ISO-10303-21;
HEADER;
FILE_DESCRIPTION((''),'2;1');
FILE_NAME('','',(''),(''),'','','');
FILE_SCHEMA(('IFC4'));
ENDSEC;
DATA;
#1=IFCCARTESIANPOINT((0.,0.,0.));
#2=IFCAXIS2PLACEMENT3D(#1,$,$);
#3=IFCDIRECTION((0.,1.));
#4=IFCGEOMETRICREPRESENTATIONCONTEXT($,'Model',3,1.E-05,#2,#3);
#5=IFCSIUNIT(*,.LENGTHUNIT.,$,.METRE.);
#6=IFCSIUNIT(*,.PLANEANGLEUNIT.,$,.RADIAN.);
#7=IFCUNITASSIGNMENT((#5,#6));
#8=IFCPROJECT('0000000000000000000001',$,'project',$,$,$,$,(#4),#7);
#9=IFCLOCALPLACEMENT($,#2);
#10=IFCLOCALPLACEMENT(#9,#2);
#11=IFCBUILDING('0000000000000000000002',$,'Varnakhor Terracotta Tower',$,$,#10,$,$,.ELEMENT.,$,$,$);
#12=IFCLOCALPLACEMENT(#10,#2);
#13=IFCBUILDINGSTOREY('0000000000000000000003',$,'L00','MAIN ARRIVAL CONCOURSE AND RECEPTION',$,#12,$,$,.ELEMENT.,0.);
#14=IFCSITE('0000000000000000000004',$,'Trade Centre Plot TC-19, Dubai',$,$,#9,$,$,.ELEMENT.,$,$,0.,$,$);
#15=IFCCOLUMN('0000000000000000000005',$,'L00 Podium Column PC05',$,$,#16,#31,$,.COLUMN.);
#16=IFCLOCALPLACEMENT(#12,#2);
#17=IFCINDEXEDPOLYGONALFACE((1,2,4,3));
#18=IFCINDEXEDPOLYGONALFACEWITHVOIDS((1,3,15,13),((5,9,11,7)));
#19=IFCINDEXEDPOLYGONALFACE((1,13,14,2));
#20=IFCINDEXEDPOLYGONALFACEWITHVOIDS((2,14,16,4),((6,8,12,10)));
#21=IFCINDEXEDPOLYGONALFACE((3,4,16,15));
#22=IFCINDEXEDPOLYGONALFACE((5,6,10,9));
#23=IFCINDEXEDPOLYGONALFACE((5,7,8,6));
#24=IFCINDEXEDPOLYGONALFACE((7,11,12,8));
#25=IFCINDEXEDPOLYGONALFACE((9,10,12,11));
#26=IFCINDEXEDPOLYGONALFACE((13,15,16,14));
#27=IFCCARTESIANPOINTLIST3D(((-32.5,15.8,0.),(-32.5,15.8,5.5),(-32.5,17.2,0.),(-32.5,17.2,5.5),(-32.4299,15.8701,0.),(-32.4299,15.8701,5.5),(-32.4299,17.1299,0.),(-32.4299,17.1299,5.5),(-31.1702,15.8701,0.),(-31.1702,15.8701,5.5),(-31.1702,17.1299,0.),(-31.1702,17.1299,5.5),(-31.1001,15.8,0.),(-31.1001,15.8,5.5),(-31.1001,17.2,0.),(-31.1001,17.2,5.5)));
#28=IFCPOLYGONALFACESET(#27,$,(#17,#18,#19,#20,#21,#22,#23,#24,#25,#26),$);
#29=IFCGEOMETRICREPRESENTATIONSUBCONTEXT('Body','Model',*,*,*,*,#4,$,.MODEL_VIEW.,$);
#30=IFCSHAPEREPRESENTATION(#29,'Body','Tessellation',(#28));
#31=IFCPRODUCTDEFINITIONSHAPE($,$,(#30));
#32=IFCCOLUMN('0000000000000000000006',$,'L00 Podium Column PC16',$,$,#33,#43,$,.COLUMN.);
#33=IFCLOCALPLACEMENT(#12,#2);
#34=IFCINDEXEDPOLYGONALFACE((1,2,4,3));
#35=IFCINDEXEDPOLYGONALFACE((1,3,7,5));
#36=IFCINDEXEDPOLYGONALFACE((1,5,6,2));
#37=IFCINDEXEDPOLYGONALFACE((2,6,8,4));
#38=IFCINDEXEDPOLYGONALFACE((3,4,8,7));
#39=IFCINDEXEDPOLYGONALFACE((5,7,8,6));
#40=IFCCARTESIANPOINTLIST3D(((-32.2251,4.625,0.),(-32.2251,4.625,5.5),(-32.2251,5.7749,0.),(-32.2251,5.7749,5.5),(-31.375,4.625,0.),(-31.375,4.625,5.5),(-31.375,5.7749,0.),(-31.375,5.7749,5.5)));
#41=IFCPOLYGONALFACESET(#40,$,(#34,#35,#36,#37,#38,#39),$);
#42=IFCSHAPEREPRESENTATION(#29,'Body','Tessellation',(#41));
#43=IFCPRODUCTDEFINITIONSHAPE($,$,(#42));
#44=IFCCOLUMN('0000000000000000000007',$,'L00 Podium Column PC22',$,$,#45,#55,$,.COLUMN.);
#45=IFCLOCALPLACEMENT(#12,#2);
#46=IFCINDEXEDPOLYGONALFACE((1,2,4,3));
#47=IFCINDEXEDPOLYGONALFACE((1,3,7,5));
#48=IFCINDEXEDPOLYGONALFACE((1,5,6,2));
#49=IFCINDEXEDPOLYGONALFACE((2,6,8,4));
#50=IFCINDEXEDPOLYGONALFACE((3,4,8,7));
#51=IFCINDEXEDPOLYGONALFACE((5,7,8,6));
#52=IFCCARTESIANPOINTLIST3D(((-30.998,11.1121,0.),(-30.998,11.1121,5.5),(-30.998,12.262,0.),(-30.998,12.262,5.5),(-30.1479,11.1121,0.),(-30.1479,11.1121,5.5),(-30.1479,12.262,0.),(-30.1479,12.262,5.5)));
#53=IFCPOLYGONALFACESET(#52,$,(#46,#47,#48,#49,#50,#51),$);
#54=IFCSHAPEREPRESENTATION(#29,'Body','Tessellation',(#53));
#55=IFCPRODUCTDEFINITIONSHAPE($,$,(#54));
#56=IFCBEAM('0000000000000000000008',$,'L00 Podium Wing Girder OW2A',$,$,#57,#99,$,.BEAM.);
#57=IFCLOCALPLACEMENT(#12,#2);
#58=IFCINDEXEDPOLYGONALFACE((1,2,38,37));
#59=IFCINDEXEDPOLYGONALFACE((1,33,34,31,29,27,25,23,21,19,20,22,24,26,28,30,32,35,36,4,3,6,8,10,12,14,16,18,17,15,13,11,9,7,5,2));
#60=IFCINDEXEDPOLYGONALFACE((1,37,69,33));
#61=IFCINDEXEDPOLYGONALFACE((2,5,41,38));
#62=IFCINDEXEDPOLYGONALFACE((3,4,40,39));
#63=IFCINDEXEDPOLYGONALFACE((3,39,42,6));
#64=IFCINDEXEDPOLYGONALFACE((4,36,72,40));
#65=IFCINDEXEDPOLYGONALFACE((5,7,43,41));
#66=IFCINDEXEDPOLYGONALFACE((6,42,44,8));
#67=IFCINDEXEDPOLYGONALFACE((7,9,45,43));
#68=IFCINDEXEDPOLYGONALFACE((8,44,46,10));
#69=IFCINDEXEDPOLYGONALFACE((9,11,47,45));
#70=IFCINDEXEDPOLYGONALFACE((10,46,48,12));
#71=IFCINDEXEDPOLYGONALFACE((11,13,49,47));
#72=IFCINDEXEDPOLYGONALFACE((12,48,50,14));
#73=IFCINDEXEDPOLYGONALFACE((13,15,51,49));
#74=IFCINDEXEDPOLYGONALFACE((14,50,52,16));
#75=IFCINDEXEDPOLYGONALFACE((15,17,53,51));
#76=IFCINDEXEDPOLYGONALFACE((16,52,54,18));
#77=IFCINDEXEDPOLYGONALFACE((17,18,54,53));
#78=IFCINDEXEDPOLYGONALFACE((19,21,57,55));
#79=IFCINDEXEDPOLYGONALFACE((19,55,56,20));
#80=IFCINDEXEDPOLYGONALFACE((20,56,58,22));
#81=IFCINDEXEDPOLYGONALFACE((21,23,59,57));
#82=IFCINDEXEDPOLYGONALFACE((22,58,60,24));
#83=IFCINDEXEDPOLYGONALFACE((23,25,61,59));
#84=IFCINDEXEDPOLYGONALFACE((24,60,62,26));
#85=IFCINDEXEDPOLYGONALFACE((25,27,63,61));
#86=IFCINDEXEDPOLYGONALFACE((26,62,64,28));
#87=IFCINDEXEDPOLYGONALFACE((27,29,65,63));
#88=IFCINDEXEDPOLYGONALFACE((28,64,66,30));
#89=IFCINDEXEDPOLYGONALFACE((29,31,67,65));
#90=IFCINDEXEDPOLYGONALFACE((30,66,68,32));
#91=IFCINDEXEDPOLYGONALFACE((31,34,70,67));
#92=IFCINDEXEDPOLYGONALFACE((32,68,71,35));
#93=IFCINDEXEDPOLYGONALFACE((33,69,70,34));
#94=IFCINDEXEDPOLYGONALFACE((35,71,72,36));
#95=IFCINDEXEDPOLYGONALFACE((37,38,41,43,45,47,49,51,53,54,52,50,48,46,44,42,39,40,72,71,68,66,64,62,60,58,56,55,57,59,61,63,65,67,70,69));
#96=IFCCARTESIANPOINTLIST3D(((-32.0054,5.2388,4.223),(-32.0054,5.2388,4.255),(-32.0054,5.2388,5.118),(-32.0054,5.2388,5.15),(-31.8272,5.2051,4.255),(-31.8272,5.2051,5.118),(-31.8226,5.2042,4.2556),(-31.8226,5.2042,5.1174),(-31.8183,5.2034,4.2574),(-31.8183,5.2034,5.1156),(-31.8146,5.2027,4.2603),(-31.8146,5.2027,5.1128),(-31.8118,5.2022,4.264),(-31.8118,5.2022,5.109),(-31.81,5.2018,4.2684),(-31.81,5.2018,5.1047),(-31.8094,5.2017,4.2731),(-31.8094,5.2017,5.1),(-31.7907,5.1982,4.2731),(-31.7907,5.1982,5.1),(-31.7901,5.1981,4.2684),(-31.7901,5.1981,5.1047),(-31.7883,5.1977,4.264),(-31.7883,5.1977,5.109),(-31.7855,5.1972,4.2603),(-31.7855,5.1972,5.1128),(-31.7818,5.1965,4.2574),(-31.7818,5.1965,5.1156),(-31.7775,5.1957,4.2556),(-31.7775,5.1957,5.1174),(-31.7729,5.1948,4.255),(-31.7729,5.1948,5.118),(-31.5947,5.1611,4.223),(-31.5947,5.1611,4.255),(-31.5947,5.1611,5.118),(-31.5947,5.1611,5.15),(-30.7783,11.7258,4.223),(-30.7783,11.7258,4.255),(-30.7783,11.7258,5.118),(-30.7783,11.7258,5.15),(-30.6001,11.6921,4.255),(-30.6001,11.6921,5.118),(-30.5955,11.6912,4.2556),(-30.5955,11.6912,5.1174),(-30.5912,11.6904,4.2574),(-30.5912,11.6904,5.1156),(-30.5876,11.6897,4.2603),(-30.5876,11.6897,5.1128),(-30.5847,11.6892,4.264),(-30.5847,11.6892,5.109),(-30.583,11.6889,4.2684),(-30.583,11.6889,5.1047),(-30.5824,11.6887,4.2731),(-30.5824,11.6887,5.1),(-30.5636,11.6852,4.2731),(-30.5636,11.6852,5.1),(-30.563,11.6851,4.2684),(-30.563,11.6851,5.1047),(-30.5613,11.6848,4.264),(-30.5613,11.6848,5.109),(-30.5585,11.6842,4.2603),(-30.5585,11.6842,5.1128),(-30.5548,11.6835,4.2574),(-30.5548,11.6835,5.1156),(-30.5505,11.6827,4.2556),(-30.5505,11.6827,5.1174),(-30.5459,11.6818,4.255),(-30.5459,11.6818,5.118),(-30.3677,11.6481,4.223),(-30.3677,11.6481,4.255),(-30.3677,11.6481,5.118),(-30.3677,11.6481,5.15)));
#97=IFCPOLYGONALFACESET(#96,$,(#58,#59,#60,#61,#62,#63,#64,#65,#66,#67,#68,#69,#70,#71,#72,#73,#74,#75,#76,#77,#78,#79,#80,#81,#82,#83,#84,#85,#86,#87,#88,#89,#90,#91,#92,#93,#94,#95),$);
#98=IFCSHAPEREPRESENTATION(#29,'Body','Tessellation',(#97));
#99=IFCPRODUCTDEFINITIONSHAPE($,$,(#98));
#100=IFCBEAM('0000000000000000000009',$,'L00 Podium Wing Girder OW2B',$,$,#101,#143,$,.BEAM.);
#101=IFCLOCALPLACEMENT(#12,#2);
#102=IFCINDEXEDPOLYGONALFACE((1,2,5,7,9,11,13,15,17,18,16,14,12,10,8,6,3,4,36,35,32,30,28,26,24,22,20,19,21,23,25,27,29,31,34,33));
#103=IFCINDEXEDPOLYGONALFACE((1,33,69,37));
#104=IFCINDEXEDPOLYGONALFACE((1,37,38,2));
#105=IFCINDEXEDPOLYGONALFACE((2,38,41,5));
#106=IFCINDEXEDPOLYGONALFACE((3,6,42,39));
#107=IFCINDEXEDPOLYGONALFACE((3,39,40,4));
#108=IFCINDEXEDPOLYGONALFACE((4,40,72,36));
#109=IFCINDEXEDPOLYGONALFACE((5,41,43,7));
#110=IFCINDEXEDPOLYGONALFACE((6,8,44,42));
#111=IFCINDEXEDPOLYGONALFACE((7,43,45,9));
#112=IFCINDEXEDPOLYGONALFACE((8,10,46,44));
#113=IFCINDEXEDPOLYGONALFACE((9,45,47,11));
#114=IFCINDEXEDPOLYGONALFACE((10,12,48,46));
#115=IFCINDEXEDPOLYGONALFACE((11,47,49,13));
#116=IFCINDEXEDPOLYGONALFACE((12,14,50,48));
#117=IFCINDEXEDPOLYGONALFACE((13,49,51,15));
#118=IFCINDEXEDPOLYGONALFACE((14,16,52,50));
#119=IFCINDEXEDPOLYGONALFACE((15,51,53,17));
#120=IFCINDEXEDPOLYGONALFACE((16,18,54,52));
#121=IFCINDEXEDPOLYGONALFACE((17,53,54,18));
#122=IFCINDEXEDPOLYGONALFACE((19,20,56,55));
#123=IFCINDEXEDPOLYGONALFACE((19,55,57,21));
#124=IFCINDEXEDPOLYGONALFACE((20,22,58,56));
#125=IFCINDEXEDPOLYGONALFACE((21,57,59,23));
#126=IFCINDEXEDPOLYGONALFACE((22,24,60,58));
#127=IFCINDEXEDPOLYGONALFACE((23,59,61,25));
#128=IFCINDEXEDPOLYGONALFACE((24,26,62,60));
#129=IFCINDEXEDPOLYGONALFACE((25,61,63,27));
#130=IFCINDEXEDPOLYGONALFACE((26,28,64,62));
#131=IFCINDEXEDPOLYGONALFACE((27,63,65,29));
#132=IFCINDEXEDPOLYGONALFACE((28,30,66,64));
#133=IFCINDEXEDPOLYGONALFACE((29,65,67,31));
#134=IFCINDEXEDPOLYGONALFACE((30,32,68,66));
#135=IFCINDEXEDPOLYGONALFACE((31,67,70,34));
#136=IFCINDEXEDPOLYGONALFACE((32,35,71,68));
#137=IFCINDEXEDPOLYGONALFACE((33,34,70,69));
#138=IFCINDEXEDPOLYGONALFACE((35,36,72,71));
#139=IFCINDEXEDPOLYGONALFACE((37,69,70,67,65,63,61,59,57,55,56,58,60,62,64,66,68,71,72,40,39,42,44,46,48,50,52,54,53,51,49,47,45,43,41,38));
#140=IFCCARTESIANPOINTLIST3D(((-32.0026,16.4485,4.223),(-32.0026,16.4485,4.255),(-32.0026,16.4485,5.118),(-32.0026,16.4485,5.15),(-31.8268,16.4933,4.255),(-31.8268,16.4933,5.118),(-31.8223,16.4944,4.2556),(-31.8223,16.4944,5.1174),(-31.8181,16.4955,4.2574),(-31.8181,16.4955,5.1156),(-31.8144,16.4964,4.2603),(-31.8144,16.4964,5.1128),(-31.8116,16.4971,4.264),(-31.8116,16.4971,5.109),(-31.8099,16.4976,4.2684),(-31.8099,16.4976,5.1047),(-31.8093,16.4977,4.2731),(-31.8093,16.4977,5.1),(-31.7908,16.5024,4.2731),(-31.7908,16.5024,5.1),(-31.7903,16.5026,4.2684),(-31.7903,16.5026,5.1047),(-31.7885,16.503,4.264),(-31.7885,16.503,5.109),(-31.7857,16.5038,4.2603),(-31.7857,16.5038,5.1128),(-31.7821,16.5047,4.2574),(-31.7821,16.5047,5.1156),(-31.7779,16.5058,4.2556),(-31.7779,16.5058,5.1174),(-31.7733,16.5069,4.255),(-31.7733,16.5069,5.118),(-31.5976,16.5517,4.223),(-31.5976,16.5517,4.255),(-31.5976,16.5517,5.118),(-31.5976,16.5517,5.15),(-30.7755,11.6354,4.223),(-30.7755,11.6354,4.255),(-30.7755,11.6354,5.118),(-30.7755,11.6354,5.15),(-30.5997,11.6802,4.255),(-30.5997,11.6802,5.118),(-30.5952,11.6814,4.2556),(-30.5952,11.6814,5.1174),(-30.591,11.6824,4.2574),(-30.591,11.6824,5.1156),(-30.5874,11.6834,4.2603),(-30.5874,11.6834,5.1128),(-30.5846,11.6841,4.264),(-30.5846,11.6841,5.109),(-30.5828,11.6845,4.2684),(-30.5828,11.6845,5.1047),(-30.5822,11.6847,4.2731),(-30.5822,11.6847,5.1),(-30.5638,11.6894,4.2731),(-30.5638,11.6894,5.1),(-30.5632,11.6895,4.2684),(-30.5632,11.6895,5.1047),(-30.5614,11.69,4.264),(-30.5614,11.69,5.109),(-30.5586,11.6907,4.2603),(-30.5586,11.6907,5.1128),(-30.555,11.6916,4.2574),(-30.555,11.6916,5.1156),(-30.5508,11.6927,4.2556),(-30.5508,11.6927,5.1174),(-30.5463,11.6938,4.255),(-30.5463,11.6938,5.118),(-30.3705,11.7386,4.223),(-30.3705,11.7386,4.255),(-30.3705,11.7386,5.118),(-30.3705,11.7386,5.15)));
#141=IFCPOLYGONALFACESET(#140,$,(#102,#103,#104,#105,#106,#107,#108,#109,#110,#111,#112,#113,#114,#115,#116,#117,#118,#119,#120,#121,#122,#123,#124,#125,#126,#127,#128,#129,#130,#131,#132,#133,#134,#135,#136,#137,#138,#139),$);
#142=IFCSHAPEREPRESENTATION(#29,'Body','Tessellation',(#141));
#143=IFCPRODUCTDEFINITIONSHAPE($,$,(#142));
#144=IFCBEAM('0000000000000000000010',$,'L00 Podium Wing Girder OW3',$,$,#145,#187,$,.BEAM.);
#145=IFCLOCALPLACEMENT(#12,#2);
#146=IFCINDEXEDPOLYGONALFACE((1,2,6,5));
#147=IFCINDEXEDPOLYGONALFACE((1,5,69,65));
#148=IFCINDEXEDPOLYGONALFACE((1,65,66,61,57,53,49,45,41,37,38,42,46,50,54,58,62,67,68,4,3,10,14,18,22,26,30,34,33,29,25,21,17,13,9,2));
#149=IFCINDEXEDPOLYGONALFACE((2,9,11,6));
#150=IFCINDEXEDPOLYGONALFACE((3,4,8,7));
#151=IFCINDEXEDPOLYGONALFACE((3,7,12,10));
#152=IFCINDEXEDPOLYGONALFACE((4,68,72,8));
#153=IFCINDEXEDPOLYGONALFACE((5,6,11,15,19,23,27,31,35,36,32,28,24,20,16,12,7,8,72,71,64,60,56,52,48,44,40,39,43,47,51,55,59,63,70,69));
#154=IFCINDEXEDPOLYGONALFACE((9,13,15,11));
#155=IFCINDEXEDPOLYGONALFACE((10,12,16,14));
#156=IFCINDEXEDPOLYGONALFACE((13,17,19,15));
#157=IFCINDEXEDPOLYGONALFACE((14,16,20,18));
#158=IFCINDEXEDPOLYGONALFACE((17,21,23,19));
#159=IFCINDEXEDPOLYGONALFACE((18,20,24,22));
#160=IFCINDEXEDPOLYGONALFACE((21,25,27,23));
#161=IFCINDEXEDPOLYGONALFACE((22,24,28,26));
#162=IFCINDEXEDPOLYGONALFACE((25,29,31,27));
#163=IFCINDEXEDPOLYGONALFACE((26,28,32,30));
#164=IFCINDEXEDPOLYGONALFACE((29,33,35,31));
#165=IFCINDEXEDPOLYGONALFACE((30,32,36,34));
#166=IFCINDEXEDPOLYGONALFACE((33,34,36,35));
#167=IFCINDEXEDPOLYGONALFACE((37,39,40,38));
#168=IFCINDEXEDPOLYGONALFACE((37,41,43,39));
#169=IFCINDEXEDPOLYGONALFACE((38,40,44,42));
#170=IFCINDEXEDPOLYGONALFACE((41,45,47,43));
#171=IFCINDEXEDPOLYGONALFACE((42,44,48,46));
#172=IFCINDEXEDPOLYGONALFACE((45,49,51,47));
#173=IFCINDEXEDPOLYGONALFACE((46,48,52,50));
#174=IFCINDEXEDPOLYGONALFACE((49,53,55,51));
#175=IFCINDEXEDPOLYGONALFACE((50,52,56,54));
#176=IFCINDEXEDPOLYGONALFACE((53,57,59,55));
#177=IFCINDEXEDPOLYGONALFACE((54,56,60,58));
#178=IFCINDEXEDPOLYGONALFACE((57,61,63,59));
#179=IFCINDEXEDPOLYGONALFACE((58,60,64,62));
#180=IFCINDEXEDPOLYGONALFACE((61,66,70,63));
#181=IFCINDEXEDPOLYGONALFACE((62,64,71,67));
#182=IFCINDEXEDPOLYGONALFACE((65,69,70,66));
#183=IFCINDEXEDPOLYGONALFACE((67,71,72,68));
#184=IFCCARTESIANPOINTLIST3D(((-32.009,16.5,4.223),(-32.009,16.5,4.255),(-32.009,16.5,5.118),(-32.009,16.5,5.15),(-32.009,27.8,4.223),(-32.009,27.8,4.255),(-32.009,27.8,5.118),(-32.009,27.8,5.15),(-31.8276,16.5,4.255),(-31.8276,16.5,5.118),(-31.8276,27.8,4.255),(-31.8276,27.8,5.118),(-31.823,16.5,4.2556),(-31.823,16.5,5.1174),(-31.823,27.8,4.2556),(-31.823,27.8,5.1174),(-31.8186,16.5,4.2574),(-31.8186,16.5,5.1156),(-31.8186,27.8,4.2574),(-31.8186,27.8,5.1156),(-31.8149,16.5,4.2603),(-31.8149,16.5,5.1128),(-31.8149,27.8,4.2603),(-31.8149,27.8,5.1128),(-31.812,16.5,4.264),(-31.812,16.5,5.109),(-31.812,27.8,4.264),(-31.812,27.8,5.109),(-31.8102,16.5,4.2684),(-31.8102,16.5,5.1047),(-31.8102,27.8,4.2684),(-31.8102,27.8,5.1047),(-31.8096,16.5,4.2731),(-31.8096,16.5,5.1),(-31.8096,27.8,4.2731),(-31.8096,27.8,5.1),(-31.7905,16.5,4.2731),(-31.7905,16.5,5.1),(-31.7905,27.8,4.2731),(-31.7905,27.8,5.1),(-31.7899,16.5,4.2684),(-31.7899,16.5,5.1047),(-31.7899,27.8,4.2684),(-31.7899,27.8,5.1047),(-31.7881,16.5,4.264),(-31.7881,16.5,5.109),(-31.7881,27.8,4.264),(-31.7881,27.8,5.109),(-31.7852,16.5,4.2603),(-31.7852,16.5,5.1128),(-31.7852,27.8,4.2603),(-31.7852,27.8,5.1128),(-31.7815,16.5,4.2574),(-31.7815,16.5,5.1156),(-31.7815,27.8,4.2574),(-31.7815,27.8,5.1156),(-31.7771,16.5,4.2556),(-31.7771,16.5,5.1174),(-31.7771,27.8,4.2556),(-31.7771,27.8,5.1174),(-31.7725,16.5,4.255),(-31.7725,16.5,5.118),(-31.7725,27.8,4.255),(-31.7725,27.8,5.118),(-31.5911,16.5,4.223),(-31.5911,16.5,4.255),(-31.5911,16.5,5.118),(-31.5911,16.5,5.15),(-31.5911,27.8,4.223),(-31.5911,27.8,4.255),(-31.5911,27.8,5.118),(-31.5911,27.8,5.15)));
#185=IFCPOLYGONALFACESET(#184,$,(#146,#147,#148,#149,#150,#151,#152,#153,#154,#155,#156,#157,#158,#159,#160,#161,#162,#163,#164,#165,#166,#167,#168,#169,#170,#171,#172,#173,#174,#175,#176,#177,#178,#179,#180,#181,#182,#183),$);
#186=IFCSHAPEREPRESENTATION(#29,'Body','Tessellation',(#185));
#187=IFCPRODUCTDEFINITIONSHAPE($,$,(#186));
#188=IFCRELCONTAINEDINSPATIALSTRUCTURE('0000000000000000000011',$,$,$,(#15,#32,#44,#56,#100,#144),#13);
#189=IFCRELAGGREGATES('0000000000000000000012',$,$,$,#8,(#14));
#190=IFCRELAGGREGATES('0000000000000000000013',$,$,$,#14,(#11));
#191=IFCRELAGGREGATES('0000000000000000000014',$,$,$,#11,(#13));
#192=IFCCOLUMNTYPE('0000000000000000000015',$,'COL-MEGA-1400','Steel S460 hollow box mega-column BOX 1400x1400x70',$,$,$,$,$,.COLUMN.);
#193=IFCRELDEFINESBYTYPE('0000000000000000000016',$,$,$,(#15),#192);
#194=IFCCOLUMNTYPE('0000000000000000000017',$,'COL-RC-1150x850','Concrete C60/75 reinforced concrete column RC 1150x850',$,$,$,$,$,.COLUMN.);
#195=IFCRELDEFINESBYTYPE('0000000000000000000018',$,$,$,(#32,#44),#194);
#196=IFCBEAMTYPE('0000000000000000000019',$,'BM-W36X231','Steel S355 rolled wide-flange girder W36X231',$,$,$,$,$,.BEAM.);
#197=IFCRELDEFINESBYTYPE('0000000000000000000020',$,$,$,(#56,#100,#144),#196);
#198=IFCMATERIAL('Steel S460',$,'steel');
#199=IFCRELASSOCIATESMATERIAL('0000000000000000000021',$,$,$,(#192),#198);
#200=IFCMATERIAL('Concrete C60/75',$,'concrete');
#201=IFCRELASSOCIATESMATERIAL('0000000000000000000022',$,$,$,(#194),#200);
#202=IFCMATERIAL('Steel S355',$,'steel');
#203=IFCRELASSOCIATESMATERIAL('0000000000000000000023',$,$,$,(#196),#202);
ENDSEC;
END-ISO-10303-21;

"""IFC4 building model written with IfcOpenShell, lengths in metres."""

from ifc_helpers import new_model, si_unit, direction, frame, origin, origin_2d, place, context, subcontext, project, spatial, rectangle, hollow_rectangle, i_section, extrude, source, transform, mapped, material, material_profile, profile_set, type_object, element, save


model = new_model("IFC4")

# Units and contexts
model_context = context("Model", 3, precision=1e-05, world=origin(), true_north=direction((0.0, 1.0)))
body_context = subcontext(model_context, "Body", "Model", "MODEL_VIEW")
ifc_project = project(units=[si_unit("LENGTHUNIT", "METRE"), si_unit("PLANEANGLEUNIT", "RADIAN")], contexts=[model_context])

# Site, building, storey
site_placement = place(None, origin())
site = spatial("IfcSite", under=ifc_project, at=site_placement, Name="Trade Centre Plot TC-19, Dubai", CompositionType="ELEMENT", RefElevation=0.0)
building_placement = place(site_placement, origin())
building = spatial("IfcBuilding", under=site, at=building_placement, Name="Varnakhor Terracotta Tower", CompositionType="ELEMENT")
storey_placement = place(building_placement, origin())
storey = spatial("IfcBuildingStorey", under=building, at=storey_placement, Name="L00", Description="MAIN ARRIVAL CONCOURSE AND RECEPTION", CompositionType="ELEMENT", Elevation=0.0)

# Columns
ifc_material_1 = material(Name="Steel S460", Category="steel")
ifc_material_profile_1 = material_profile(ifc_material_1, hollow_rectangle(XDim=1.3999, YDim=1.3999, WallThickness=0.0701, at=origin_2d()), Name="BOX 1400x1400x70")
ifc_profile_set_1 = profile_set([ifc_material_profile_1], Name="Steel S460")
column_type_1 = type_object("IfcColumnType", Name="COL-MEGA-1400", Description="Steel S460 hollow box mega-column BOX 1400x1400x70", PredefinedType="COLUMN", material=ifc_profile_set_1)
shared_shape_1 = source(origin(), body_context, "Body", "SweptSolid", [
    extrude(hollow_rectangle(XDim=1.3999, YDim=1.3999, WallThickness=0.0701, at=origin_2d()), origin(), (0.0, 0.0, 1.0), 5.5),
])
column_placement = place(storey_placement, frame((-31.8, 16.5, 0.0), z_axis=(0.0, 0.0, 1.0), x_axis=(1.0, 0.0, 0.0)))
element("IfcColumn", 1, at=column_placement, inside=storey, type_object=column_type_1, Name="L00 Podium Column PC05", PredefinedType="COLUMN", context=body_context, shape_type="MappedRepresentation", body=[
    mapped(shared_shape_1, transform((0.0, 0.0, 0.0), scale=1.0)),
])
ifc_material_2 = material(Name="Concrete C60/75", Category="concrete")
ifc_material_profile_2 = material_profile(ifc_material_2, rectangle(XDim=0.8501, YDim=1.1499, at=origin_2d()), Name="RC 1150x850")
ifc_profile_set_2 = profile_set([ifc_material_profile_2], Name="Concrete C60/75")
column_type_2 = type_object("IfcColumnType", Name="COL-RC-1150x850", Description="Concrete C60/75 reinforced concrete column RC 1150x850", PredefinedType="COLUMN", material=ifc_profile_set_2)
shared_shape_2 = source(origin(), body_context, "Body", "SweptSolid", [
    extrude(rectangle(XDim=0.8501, YDim=1.1499, at=origin_2d()), origin(), (0.0, 0.0, 1.0), 5.5),
])
for number, where, z_axis, x_axis, name in (
    (2, (-31.8, 5.2, 0.0), (0.0, 0.0, 1.0), (1.0, 0.0, 0.0), "L00 Podium Column PC16"),
    (3, (-30.573, 11.687, 0.0), (0.0, 0.0, 1.0), (1.0, 0.0, 0.0), "L00 Podium Column PC22"),
):
    element("IfcColumn", number, at=place(storey_placement, frame(where, z_axis=z_axis, x_axis=x_axis)), inside=storey, type_object=column_type_2, Name=name, PredefinedType="COLUMN", context=body_context, shape_type="MappedRepresentation", body=[
        mapped(shared_shape_2, transform((0.0, 0.0, 0.0), scale=1.0)),
    ])

# Beams
ifc_material_3 = material(Name="Steel S355", Category="steel")
ifc_material_profile_3 = material_profile(ifc_material_3, i_section(OverallWidth=0.418, OverallDepth=0.927, WebThickness=0.019, FlangeThickness=0.032, FilletRadius=0.0181, at=origin_2d()), Name="W36X231")
ifc_profile_set_3 = profile_set([ifc_material_profile_3], Name="Steel S355")
beam_type = type_object("IfcBeamType", Name="BM-W36X231", Description="Steel S355 rolled wide-flange girder W36X231", PredefinedType="BEAM", material=ifc_profile_set_3)
shared_shape_3 = source(origin(), body_context, "Body", "SweptSolid", [
    extrude(i_section(OverallWidth=0.418, OverallDepth=0.927, WebThickness=0.019, FlangeThickness=0.032, FilletRadius=0.0181, at=origin_2d()), origin(), (0.0, 0.0, 1.0), 6.6021),
])
beam_1_placement = place(storey_placement, frame((-31.8, 5.2, 4.6865), z_axis=(0.185858, 0.982577, 0.0), x_axis=(-0.982577, 0.185858, 0.0)))
element("IfcBeam", 4, at=beam_1_placement, inside=storey, type_object=beam_type, Name="L00 Podium Wing Girder OW2A", PredefinedType="BEAM", context=body_context, shape_type="MappedRepresentation", body=[
    mapped(shared_shape_3, transform((0.0, 0.0, 0.0), scale=1.0)),
])
shared_shape_4 = source(origin(), body_context, "Body", "SweptSolid", [
    extrude(i_section(OverallWidth=0.418, OverallDepth=0.927, WebThickness=0.019, FlangeThickness=0.032, FilletRadius=0.0181, at=origin_2d()), origin(), (0.0, 0.0, 1.0), 4.967),
])
beam_2_placement = place(storey_placement, frame((-30.573, 11.687, 4.6865), z_axis=(-0.247044, 0.969004, 0.0), x_axis=(-0.969004, -0.247044, 0.0)))
element("IfcBeam", 5, at=beam_2_placement, inside=storey, type_object=beam_type, Name="L00 Podium Wing Girder OW2B", PredefinedType="BEAM", context=body_context, shape_type="MappedRepresentation", body=[
    mapped(shared_shape_4, transform((0.0, 0.0, 0.0), scale=1.0)),
])
shared_shape_5 = source(origin(), body_context, "Body", "SweptSolid", [
    extrude(i_section(OverallWidth=0.418, OverallDepth=0.927, WebThickness=0.019, FlangeThickness=0.032, FilletRadius=0.0181, at=origin_2d()), origin(), (0.0, 0.0, 1.0), 11.3),
])
beam_3_placement = place(storey_placement, frame((-31.8, 16.5, 4.6865), z_axis=(0.0, 1.0, 0.0), x_axis=(-1.0, 0.0, 0.0)))
element("IfcBeam", 6, at=beam_3_placement, inside=storey, type_object=beam_type, Name="L00 Podium Wing Girder OW3", PredefinedType="BEAM", context=body_context, shape_type="MappedRepresentation", body=[
    mapped(shared_shape_5, transform((0.0, 0.0, 0.0), scale=1.0)),
])

save(model, "model.ifc")
